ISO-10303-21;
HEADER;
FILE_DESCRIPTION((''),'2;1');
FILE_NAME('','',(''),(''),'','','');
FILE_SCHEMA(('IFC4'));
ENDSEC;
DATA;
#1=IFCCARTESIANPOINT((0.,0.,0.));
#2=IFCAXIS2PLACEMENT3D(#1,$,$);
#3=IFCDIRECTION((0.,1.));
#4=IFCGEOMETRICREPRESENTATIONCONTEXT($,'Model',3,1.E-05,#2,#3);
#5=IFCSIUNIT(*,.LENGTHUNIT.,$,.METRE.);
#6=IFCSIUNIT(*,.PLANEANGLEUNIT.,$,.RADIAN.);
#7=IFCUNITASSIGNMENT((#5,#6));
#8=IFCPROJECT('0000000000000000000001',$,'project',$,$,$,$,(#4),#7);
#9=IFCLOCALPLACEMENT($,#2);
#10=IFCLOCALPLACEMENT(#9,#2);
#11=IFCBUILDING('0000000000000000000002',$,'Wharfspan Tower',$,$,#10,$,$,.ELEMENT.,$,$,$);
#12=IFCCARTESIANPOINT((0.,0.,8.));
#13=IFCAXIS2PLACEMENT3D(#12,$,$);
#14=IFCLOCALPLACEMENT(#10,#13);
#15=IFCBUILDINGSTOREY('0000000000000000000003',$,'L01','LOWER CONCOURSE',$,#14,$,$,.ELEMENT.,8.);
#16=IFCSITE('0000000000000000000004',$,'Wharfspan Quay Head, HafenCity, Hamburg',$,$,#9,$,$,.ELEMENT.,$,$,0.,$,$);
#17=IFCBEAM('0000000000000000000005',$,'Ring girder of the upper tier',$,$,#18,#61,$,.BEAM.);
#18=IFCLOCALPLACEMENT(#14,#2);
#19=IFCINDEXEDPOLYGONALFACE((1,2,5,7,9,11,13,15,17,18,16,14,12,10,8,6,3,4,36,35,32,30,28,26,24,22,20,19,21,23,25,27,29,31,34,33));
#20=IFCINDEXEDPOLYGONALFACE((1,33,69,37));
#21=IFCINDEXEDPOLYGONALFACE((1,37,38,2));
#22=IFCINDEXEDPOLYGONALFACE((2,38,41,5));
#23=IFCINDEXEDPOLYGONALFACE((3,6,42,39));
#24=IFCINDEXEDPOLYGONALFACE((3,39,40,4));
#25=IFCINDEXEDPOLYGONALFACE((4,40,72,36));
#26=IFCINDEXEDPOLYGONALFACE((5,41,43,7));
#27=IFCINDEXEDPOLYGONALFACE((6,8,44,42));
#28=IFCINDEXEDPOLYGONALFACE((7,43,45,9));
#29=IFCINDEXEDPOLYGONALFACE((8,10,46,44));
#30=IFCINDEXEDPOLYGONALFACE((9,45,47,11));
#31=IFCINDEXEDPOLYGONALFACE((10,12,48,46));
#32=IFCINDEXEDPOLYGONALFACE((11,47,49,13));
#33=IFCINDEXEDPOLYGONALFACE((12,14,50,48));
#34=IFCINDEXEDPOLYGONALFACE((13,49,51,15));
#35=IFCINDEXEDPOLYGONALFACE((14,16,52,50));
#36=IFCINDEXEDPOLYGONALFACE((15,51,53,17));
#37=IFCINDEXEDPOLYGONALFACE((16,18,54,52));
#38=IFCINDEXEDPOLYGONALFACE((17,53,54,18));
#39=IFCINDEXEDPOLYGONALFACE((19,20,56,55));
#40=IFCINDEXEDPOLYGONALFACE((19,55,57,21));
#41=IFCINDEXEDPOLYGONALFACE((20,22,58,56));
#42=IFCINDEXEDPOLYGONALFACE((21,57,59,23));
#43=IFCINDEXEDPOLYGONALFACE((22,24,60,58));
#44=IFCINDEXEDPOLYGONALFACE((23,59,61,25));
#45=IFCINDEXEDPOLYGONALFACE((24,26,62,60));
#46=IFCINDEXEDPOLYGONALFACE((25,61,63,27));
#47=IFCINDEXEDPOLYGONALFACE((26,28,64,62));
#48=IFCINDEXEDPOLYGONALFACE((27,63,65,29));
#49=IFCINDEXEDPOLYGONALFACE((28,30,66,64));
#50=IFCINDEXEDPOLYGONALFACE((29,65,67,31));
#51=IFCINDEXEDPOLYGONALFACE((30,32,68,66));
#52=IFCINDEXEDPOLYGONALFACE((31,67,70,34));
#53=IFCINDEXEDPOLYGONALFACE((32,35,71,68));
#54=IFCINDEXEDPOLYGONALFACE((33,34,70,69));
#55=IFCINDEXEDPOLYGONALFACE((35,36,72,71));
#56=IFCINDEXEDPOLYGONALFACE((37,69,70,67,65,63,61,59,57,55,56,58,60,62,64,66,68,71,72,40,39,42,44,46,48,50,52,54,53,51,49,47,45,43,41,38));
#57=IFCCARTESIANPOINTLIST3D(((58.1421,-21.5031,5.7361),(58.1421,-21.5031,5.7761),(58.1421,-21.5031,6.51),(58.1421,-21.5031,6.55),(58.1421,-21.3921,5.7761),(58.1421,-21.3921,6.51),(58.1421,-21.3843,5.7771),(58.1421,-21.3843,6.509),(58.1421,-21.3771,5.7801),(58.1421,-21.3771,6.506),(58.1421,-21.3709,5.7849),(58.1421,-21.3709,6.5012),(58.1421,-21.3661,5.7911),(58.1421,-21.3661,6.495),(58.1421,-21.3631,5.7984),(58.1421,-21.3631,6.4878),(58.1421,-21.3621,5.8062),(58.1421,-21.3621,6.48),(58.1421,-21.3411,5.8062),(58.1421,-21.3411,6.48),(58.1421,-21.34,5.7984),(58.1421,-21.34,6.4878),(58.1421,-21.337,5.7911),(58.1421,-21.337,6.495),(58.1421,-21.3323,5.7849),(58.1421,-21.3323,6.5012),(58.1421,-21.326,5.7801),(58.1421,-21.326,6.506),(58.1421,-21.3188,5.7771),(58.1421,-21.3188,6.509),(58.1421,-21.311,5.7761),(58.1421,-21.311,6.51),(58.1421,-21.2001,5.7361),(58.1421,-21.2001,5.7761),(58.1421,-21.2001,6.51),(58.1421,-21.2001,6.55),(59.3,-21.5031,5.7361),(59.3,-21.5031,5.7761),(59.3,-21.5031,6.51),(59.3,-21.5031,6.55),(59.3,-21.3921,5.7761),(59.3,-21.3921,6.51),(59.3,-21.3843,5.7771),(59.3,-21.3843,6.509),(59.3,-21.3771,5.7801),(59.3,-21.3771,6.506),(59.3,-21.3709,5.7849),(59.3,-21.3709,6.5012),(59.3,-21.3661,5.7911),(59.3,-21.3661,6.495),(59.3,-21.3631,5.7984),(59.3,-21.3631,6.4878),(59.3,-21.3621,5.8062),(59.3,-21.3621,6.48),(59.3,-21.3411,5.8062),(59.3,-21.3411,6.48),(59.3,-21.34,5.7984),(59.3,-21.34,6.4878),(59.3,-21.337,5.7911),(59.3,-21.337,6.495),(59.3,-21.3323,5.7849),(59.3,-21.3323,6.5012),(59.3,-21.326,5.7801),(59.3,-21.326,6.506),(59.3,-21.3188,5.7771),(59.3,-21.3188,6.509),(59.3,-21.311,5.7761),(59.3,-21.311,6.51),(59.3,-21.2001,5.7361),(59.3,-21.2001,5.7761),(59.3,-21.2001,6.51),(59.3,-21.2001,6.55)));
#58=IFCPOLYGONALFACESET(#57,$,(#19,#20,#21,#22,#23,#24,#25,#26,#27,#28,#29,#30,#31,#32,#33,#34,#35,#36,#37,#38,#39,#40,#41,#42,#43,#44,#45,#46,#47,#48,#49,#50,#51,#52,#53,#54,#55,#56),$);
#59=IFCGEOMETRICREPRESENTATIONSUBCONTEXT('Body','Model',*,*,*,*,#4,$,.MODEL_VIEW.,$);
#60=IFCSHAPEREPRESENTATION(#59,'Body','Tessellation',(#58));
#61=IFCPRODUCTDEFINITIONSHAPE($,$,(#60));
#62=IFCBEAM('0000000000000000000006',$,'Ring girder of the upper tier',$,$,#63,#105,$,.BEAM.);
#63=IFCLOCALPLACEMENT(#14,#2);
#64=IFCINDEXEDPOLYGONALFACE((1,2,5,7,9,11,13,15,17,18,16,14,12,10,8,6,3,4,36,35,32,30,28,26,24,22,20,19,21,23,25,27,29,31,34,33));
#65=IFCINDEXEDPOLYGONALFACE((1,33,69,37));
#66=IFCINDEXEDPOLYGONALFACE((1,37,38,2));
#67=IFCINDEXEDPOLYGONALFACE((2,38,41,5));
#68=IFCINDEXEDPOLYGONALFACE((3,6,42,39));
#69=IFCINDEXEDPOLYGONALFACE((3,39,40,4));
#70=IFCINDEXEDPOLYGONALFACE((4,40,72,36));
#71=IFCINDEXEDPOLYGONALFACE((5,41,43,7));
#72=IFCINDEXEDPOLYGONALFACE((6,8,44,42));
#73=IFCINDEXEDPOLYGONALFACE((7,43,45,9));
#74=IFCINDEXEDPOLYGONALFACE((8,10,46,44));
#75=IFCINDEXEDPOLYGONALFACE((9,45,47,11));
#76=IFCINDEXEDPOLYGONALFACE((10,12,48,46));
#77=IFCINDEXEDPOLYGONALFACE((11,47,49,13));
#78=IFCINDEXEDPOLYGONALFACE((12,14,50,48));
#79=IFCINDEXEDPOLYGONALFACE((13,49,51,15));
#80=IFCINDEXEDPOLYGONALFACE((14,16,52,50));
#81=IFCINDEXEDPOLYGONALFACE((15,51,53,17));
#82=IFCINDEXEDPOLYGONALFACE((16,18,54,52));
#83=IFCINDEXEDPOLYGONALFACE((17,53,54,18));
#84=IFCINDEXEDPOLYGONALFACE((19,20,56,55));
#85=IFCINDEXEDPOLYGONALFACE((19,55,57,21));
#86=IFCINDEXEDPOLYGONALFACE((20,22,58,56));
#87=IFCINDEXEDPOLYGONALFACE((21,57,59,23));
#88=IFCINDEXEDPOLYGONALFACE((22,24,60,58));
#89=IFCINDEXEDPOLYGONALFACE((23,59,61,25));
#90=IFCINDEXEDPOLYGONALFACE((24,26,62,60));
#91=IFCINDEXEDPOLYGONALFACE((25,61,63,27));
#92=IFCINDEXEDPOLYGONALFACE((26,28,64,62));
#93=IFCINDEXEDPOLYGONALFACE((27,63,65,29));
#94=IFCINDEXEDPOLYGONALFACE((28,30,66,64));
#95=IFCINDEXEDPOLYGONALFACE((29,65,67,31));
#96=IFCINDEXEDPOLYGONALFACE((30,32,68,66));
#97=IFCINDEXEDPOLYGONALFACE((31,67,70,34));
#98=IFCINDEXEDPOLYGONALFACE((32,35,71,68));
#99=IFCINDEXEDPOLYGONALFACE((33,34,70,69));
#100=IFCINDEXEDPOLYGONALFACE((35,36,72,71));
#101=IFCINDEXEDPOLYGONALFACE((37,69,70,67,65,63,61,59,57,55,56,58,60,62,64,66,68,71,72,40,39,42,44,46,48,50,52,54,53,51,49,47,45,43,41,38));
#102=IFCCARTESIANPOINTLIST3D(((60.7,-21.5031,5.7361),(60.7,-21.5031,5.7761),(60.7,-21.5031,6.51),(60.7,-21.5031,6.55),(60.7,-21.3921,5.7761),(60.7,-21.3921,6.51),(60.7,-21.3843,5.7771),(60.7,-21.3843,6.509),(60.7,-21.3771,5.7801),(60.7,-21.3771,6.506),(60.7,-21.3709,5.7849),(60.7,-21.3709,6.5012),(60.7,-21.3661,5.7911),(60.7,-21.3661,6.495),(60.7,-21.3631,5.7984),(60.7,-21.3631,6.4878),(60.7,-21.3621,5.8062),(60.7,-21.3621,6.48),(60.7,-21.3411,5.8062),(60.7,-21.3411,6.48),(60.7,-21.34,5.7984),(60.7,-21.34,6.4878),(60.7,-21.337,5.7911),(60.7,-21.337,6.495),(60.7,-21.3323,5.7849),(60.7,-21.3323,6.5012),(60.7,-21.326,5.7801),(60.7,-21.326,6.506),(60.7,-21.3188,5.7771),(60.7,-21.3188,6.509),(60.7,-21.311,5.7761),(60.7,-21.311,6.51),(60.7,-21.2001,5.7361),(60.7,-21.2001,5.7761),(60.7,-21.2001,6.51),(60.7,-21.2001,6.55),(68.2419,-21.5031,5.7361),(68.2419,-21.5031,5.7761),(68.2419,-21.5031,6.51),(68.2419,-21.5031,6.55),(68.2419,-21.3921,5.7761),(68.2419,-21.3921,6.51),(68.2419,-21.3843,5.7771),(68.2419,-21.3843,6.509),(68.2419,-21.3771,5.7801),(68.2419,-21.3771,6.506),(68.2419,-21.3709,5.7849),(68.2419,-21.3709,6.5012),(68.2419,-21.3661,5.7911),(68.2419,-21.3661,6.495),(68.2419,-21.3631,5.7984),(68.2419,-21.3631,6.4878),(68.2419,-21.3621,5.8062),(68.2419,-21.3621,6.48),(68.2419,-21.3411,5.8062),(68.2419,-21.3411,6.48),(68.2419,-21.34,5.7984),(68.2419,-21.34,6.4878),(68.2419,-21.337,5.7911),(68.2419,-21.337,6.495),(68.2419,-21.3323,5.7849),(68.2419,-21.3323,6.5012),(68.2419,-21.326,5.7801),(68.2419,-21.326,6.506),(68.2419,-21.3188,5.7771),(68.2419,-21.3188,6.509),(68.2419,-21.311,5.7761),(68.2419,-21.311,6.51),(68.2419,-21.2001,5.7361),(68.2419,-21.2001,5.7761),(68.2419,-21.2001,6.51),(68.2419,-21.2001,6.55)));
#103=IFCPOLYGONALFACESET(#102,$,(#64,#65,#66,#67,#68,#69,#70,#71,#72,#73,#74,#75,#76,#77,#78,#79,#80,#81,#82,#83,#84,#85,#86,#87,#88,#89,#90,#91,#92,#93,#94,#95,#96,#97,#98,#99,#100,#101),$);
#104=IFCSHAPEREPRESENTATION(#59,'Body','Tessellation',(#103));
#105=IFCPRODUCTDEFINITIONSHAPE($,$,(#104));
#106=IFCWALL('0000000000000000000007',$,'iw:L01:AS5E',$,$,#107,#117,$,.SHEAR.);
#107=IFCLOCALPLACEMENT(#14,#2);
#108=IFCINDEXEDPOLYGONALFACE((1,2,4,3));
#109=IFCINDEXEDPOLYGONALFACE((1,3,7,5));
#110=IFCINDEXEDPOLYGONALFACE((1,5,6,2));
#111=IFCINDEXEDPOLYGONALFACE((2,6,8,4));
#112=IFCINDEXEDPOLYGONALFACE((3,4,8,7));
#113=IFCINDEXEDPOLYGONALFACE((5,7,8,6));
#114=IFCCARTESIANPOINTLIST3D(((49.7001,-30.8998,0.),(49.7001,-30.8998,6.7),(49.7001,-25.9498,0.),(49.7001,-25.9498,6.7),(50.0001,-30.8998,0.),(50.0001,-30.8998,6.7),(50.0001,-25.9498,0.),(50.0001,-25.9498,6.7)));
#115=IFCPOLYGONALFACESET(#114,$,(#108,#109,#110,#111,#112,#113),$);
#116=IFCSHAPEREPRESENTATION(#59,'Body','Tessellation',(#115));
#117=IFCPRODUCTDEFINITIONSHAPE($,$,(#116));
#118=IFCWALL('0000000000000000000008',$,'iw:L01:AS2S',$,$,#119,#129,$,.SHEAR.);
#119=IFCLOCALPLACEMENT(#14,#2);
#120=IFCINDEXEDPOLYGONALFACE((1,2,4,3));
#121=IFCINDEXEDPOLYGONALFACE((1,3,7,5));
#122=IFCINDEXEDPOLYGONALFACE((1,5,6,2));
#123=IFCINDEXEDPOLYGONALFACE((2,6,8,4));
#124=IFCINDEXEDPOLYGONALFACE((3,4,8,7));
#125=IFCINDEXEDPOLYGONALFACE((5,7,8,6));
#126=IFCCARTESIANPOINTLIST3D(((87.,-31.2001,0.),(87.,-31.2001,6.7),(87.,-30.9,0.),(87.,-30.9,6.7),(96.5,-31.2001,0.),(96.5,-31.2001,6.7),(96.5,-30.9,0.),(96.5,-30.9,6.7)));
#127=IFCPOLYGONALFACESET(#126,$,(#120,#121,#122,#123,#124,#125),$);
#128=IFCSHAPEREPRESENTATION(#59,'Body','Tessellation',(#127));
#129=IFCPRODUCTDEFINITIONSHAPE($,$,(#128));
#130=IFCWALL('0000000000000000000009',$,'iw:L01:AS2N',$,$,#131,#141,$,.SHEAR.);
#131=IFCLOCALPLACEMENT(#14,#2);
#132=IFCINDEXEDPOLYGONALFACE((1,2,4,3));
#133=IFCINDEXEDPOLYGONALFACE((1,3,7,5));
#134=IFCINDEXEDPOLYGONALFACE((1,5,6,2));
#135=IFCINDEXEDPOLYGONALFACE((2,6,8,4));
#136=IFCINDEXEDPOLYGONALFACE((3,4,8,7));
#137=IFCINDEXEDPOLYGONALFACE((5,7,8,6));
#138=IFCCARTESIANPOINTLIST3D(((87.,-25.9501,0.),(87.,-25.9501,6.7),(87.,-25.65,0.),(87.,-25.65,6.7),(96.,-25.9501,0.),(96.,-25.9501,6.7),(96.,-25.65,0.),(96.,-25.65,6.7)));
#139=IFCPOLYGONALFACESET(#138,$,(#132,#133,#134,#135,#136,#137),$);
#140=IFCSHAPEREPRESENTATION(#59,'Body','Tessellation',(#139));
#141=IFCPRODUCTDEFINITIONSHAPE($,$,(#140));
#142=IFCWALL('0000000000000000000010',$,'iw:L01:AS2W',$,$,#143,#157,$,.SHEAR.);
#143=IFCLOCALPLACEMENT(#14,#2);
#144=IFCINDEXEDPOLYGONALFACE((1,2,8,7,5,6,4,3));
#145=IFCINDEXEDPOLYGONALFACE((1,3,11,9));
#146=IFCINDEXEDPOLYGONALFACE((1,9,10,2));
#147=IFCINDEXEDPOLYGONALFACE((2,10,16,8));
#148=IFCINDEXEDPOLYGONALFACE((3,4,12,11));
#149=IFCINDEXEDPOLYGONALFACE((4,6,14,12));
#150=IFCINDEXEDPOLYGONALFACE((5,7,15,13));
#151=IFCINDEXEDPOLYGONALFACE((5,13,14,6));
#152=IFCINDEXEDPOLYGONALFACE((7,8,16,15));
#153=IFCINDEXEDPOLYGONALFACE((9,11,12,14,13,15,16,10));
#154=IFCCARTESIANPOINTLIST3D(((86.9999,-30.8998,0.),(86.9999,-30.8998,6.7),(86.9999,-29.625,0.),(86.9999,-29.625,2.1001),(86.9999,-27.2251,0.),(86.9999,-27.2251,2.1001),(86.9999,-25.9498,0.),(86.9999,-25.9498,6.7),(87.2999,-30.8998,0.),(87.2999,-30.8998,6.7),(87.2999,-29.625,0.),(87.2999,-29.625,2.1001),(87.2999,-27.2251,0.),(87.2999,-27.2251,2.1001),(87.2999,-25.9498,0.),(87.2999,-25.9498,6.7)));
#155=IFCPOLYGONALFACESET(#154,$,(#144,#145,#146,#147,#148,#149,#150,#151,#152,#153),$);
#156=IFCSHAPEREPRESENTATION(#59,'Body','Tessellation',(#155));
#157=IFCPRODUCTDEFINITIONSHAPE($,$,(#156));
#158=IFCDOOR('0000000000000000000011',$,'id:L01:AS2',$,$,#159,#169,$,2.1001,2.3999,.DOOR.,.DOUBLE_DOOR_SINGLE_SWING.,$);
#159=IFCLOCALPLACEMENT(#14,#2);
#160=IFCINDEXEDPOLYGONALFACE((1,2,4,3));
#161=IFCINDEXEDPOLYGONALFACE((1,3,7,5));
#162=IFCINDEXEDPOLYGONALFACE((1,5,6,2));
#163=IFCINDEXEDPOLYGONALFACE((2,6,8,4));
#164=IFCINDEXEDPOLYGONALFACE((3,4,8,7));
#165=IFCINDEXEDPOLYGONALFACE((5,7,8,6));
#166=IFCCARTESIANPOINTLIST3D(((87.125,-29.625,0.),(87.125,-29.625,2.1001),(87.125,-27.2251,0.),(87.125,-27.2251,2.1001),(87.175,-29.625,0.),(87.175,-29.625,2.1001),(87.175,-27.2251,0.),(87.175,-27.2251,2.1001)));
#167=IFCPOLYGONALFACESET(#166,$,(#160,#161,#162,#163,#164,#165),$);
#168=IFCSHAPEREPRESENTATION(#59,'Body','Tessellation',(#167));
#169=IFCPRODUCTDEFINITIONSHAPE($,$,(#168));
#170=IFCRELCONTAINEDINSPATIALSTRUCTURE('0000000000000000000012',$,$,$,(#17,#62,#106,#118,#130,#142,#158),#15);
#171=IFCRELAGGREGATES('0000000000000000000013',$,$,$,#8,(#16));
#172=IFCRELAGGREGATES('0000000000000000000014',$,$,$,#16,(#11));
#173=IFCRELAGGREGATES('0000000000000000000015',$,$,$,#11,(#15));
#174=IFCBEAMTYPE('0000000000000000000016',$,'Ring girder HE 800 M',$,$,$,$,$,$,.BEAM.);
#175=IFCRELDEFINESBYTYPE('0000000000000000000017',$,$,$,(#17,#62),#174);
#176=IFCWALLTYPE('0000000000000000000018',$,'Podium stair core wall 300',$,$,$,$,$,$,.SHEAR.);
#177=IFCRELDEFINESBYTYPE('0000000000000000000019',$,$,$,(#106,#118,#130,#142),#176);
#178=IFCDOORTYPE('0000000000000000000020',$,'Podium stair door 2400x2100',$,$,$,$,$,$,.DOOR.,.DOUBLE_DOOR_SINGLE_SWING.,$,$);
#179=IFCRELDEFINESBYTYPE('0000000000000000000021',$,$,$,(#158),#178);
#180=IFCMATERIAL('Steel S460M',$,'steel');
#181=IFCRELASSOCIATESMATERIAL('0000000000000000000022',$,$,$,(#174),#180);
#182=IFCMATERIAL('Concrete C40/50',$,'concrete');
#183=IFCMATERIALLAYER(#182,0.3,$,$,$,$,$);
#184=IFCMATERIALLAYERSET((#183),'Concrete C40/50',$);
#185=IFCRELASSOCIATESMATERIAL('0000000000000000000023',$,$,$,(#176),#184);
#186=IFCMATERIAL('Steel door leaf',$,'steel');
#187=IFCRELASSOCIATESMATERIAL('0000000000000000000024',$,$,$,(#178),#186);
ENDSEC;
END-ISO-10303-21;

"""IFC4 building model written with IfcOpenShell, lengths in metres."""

from ifc_helpers import new_model, si_unit, direction, frame, frame_2d, origin, origin_2d, place, context, subcontext, project, spatial, rectangle, i_section, extrude, material, layer, layer_set, material_profile, profile_set, type_object, element, fill, save


model = new_model("IFC4")

# Units and contexts
model_context = context("Model", 3, precision=1e-05, world=origin(), true_north=direction((0.0, 1.0)))
body_context = subcontext(model_context, "Body", "Model", "MODEL_VIEW")
ifc_project = project(units=[si_unit("LENGTHUNIT", "METRE"), si_unit("PLANEANGLEUNIT", "RADIAN")], contexts=[model_context])

# Site, building, storey
site_placement = place(None, origin())
site = spatial("IfcSite", under=ifc_project, at=site_placement, Name="Wharfspan Quay Head, HafenCity, Hamburg", CompositionType="ELEMENT", RefElevation=0.0)
building_placement = place(site_placement, origin())
building = spatial("IfcBuilding", under=site, at=building_placement, Name="Wharfspan Tower", CompositionType="ELEMENT")
storey_placement = place(building_placement, frame((0.0, 0.0, 8.0)))
storey = spatial("IfcBuildingStorey", under=building, at=storey_placement, Name="L01", Description="LOWER CONCOURSE", CompositionType="ELEMENT", Elevation=8.0)

# Beams
ifc_material_1 = material(Name="Steel S460M", Category="steel")
ifc_material_profile_1 = material_profile(ifc_material_1, i_section(OverallWidth=0.303, OverallDepth=0.814, WebThickness=0.021, FlangeThickness=0.04, FilletRadius=0.03, at=origin_2d()))
ifc_profile_set_1 = profile_set([ifc_material_profile_1], Name="Steel S460M")
beam_type = type_object("IfcBeamType", Name="Ring girder HE 800 M", PredefinedType="BEAM", material=ifc_profile_set_1)
beam_1_placement = place(storey_placement, frame((58.1421, -21.3516, 6.1431), z_axis=(1.0, 0.0, 0.0), x_axis=(0.0, 1.0, 0.0)))
element("IfcBeam", 1, at=beam_1_placement, inside=storey, type_object=beam_type, Name="Ring girder of the upper tier", PredefinedType="BEAM", context=body_context, shape_type="SweptSolid", body=[
    extrude(i_section(OverallWidth=0.303, OverallDepth=0.814, WebThickness=0.021, FlangeThickness=0.04, FilletRadius=0.03, at=origin_2d()), origin(), (0.0, 0.0, 1.0), 1.158),
])
beam_2_placement = place(storey_placement, frame((60.7, -21.3516, 6.1431), z_axis=(1.0, 0.0, 0.0), x_axis=(0.0, 1.0, 0.0)))
element("IfcBeam", 2, at=beam_2_placement, inside=storey, type_object=beam_type, Name="Ring girder of the upper tier", PredefinedType="BEAM", context=body_context, shape_type="SweptSolid", body=[
    extrude(i_section(OverallWidth=0.303, OverallDepth=0.814, WebThickness=0.021, FlangeThickness=0.04, FilletRadius=0.03, at=origin_2d()), origin(), (0.0, 0.0, 1.0), 7.542),
])

# Walls
ifc_material_2 = material(Name="Concrete C40/50", Category="concrete")
ifc_layer = layer(ifc_material_2, 0.3)
ifc_layer_set = layer_set([ifc_layer], Name="Concrete C40/50")
wall_type = type_object("IfcWallType", Name="Podium stair core wall 300", PredefinedType="SHEAR", material=ifc_layer_set)
wall_1_placement = place(storey_placement, frame((49.8501, -30.8999, 0.0), z_axis=(0.0, 0.0, 1.0), x_axis=(0.0, 1.0, 0.0)))
element("IfcWall", 3, at=wall_1_placement, inside=storey, type_object=wall_type, Name="iw:L01:AS5E", PredefinedType="SHEAR", context=body_context, shape_type="SweptSolid", body=[
    extrude(rectangle(XDim=4.95, YDim=0.3, at=frame_2d((2.4751, 0.0))), origin(), (0.0, 0.0, 1.0), 6.7),
])
wall_2_placement = place(storey_placement, frame((87.0, -31.05, 0.0), z_axis=(0.0, 0.0, 1.0), x_axis=(1.0, 0.0, 0.0)))
element("IfcWall", 4, at=wall_2_placement, inside=storey, type_object=wall_type, Name="iw:L01:AS2S", PredefinedType="SHEAR", context=body_context, shape_type="SweptSolid", body=[
    extrude(rectangle(XDim=9.5, YDim=0.3, at=frame_2d((4.75, 0.0))), origin(), (0.0, 0.0, 1.0), 6.7),
])
wall_3_placement = place(storey_placement, frame((87.0, -25.8, 0.0), z_axis=(0.0, 0.0, 1.0), x_axis=(1.0, 0.0, 0.0)))
element("IfcWall", 5, at=wall_3_placement, inside=storey, type_object=wall_type, Name="iw:L01:AS2N", PredefinedType="SHEAR", context=body_context, shape_type="SweptSolid", body=[
    extrude(rectangle(XDim=9.0, YDim=0.3, at=frame_2d((4.5, 0.0))), origin(), (0.0, 0.0, 1.0), 6.7),
])

# Wall, opening, door
wall_4_placement = place(storey_placement, frame((87.1499, -30.8999, 0.0), z_axis=(0.0, 0.0, 1.0), x_axis=(0.0, 1.0, 0.0)))
wall_4 = element("IfcWall", 6, at=wall_4_placement, inside=storey, type_object=wall_type, Name="iw:L01:AS2W", PredefinedType="SHEAR", context=body_context, shape_type="SweptSolid", body=[
    extrude(rectangle(XDim=4.95, YDim=0.3, at=frame_2d((2.4751, 0.0))), origin(), (0.0, 0.0, 1.0), 6.7),
])
opening_placement = place(wall_4_placement, frame((1.2749, 0.0, 0.0)))
opening = element("IfcOpeningElement", 7, at=opening_placement, cuts=wall_4, PredefinedType="OPENING", context=body_context, shape_type="SweptSolid", body=[
    extrude(rectangle(XDim=2.3999, YDim=2.1001, at=frame_2d((1.2, 1.05))), frame((0.0, 0.1599, 0.0), z_axis=(0.0, -1.0, 0.0), x_axis=(1.0, 0.0, 0.0)), (0.0, 0.0, 1.0), 0.3201),
])
ifc_material_3 = material(Name="Steel door leaf", Category="steel")
door_type = type_object("IfcDoorType", Name="Podium stair door 2400x2100", OperationType="DOUBLE_DOOR_SINGLE_SWING", PredefinedType="DOOR", material=ifc_material_3)
door_placement = place(opening_placement, origin())
door = element("IfcDoor", 8, at=door_placement, inside=storey, type_object=door_type, Name="id:L01:AS2", OperationType="DOUBLE_DOOR_SINGLE_SWING", OverallHeight=2.1001, OverallWidth=2.3999, PredefinedType="DOOR", context=body_context, shape_type="SweptSolid", body=[
    extrude(rectangle(XDim=2.3999, YDim=2.1001, at=frame_2d((1.2, 1.05))), frame((0.0, 0.0249, 0.0), z_axis=(0.0, -1.0, 0.0), x_axis=(1.0, 0.0, 0.0)), (0.0, 0.0, 1.0), 0.05),
])
fill(opening, door)

save(model, "model.ifc")
